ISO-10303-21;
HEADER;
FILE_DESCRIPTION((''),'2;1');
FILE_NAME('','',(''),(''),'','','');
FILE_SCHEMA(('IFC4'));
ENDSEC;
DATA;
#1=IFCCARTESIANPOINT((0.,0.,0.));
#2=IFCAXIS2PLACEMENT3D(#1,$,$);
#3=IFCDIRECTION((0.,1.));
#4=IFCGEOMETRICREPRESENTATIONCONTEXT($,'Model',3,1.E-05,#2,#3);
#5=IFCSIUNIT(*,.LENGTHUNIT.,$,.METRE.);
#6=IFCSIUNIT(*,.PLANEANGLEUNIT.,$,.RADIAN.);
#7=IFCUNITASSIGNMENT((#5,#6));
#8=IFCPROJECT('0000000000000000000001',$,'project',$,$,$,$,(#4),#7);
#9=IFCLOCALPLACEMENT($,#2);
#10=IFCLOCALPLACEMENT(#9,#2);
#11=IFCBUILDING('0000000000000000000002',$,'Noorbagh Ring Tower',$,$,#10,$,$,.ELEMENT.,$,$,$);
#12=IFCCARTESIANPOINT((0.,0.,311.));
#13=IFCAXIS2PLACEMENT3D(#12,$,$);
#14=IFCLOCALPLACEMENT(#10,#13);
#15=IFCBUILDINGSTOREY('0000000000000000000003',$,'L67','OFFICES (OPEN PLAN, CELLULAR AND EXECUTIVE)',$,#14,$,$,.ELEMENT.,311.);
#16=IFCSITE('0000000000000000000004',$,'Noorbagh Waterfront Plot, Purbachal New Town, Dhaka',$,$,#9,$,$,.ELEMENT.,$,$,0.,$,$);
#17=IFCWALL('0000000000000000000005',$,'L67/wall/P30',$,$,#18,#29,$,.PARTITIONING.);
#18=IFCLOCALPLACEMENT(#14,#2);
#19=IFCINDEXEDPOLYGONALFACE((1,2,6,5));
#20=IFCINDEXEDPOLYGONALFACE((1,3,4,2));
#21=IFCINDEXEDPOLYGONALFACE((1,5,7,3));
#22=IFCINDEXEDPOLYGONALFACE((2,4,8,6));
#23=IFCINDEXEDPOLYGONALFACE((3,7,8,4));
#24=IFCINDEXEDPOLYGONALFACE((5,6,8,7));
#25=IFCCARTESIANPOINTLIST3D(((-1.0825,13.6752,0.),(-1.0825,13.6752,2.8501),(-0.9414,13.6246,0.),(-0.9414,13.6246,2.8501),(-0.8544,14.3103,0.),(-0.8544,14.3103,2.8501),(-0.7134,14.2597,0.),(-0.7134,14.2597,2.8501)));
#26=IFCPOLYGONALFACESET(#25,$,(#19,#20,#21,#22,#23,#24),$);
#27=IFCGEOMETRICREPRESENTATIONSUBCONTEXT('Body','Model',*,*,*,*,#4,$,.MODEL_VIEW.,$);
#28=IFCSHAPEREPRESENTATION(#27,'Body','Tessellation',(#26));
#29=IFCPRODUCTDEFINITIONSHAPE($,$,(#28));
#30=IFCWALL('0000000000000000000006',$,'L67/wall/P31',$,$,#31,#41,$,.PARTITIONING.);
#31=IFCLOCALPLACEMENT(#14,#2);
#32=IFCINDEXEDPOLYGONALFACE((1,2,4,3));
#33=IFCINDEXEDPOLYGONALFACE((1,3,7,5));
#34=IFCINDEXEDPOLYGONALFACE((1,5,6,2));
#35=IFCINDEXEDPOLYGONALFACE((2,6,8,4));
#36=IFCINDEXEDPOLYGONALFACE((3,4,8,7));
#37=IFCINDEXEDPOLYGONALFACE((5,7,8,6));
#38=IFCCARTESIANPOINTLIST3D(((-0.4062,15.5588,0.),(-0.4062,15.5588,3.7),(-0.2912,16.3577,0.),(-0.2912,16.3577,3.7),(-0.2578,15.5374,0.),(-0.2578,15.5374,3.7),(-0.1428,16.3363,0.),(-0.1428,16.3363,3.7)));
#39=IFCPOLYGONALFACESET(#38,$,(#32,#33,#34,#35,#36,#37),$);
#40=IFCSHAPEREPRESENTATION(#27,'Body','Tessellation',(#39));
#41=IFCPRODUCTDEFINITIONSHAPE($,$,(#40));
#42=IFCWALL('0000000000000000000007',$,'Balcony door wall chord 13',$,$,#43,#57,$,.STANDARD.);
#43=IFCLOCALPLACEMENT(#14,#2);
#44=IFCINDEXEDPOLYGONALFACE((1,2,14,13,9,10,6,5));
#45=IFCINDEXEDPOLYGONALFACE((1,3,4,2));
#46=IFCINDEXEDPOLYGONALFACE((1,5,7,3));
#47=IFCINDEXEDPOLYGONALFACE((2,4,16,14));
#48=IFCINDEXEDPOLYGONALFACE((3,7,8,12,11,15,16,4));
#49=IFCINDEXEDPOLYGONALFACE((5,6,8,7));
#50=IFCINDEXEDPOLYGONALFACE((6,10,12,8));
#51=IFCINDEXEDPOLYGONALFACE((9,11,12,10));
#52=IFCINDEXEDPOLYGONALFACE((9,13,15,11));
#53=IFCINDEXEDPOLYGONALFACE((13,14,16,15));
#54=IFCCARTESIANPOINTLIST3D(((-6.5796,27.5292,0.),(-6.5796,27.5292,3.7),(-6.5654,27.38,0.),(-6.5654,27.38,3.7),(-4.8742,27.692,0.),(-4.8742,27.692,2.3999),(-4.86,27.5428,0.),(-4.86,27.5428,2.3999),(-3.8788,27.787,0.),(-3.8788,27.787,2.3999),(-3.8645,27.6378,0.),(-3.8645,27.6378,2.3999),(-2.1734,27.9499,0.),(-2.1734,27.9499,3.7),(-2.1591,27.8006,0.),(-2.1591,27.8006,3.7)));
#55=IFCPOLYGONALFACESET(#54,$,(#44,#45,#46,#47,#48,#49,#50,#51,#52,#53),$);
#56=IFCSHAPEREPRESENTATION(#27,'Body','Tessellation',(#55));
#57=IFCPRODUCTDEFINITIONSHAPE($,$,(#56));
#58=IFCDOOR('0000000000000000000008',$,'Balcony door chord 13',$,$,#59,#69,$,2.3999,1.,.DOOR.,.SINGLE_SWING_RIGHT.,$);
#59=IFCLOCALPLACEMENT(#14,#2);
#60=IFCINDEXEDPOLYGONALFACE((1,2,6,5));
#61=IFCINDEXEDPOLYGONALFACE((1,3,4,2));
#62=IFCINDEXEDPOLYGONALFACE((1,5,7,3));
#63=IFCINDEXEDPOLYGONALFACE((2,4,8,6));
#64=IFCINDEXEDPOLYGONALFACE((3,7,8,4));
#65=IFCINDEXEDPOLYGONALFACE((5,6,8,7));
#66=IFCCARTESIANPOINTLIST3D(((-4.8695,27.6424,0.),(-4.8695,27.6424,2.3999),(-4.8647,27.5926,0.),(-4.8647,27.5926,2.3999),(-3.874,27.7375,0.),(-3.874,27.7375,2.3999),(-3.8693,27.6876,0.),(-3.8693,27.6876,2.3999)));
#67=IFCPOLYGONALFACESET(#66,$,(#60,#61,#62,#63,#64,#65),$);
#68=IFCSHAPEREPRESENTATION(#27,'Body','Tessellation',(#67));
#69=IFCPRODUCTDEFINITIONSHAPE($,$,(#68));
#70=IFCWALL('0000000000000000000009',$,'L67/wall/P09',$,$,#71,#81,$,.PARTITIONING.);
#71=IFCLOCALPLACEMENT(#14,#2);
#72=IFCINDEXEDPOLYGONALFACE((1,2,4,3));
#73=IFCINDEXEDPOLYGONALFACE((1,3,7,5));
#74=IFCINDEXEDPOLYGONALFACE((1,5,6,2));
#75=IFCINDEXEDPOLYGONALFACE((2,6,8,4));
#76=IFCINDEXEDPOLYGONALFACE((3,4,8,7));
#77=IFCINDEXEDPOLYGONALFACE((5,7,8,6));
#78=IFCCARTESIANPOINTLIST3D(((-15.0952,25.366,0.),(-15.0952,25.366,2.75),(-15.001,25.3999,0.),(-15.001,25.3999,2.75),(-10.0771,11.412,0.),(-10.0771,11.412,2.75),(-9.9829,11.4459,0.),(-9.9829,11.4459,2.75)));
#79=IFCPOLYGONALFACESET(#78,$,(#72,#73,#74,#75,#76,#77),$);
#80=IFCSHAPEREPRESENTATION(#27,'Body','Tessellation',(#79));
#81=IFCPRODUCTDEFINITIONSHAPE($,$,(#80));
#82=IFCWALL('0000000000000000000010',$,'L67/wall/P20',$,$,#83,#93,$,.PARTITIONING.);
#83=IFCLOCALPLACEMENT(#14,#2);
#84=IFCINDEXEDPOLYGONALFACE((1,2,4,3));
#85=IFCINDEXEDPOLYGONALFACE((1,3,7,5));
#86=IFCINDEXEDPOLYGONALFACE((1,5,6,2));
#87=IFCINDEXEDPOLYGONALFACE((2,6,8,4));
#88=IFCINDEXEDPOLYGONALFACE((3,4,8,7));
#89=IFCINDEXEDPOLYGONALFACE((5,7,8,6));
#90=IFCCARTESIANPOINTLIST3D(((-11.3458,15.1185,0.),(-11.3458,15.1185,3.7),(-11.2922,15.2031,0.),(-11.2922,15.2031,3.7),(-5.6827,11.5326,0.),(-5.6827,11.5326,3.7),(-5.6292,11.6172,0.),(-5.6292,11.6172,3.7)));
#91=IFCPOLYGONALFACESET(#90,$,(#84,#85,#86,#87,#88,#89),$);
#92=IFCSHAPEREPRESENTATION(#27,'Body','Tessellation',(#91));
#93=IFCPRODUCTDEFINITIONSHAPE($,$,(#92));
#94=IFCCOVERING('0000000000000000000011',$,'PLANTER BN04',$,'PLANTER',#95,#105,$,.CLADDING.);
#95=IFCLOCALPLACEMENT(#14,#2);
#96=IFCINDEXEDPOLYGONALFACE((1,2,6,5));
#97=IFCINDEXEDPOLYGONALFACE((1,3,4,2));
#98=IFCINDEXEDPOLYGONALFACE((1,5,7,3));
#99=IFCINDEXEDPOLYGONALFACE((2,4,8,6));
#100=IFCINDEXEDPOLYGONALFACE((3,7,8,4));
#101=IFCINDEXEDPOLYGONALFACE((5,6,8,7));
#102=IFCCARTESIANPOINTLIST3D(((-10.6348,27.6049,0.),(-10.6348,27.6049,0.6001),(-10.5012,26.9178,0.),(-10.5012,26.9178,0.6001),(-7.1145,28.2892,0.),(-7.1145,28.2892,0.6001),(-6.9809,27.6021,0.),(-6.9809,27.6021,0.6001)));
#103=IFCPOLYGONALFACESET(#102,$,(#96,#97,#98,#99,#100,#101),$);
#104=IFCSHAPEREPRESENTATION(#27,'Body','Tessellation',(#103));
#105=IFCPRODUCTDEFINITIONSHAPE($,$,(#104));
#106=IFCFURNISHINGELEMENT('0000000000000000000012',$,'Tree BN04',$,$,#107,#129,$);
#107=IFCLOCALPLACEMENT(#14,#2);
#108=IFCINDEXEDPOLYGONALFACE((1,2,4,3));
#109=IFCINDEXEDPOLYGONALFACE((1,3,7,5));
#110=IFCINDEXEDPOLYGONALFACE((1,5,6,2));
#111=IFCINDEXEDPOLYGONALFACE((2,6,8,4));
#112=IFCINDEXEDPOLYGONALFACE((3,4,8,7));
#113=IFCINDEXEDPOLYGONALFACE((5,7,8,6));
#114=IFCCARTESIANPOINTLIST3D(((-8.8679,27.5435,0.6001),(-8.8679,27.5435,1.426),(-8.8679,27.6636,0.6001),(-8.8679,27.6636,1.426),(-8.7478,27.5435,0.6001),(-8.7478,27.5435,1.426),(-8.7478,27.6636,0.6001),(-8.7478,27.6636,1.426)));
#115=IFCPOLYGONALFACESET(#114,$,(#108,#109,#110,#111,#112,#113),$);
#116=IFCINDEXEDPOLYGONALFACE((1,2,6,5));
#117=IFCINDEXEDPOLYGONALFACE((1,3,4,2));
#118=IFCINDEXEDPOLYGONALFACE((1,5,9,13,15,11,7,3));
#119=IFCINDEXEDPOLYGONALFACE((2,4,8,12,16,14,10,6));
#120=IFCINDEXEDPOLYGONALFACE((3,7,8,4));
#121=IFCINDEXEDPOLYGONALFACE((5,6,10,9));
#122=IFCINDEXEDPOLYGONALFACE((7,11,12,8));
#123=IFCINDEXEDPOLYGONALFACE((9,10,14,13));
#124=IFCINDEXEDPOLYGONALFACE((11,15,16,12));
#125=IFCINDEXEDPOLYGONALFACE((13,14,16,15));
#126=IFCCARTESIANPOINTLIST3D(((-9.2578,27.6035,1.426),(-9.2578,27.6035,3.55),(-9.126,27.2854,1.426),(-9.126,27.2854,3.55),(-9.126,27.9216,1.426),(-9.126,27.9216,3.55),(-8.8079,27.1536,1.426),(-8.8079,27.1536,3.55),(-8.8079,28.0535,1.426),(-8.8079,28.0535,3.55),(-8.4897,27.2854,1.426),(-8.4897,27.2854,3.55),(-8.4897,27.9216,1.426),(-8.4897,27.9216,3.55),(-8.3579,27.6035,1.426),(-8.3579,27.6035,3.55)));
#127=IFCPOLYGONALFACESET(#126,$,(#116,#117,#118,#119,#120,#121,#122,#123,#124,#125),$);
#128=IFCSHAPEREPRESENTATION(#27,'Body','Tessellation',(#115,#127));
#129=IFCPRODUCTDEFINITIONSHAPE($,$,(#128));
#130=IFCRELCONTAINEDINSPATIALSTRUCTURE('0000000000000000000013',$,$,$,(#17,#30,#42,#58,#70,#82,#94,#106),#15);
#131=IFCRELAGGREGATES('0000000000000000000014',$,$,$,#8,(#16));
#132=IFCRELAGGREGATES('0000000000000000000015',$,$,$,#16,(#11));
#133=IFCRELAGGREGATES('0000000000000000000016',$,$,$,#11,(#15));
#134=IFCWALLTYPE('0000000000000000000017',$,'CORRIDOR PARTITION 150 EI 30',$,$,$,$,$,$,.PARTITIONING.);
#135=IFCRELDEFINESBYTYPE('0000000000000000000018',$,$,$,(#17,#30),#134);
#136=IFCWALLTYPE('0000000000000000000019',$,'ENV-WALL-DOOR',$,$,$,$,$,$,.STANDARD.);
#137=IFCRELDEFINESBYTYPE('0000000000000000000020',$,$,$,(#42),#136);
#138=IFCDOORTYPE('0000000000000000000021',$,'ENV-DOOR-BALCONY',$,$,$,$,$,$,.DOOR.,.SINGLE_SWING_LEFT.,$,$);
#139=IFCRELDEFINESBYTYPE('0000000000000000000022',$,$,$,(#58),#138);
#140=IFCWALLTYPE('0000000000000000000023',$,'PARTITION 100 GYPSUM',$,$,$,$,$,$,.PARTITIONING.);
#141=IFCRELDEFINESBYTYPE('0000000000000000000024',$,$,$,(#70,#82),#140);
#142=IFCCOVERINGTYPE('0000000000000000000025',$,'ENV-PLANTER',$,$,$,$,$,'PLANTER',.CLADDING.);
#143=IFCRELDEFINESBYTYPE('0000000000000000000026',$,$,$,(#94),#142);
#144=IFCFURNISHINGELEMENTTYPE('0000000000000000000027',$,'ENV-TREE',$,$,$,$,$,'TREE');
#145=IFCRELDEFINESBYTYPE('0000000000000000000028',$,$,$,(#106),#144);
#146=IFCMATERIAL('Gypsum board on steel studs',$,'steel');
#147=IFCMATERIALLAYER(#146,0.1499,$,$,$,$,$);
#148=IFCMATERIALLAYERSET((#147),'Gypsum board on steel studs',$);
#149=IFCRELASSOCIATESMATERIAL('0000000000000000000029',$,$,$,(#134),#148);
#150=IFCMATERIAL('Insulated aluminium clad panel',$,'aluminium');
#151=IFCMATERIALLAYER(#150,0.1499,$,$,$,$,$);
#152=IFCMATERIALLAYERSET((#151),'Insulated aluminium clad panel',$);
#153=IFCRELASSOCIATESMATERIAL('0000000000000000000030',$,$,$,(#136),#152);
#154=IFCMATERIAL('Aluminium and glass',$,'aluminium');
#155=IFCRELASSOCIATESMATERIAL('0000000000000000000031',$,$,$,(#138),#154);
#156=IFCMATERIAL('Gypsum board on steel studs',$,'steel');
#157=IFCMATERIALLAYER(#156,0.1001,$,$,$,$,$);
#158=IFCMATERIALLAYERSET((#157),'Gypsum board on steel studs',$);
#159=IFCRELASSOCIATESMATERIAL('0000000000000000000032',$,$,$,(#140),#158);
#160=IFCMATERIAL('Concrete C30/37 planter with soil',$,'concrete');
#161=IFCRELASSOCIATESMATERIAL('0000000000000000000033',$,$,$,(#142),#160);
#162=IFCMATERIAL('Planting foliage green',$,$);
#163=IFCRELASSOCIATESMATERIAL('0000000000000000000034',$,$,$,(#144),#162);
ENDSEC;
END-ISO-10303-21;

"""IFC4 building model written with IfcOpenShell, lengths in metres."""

from ifc_helpers import new_model, si_unit, direction, frame, frame_2d, origin, origin_2d, place, context, subcontext, project, spatial, polyline, rectangle, outline, extrude, material, layer, layer_set, type_object, element, fill, save


model = new_model("IFC4")

# Units and contexts
model_context = context("Model", 3, precision=1e-05, world=origin(), true_north=direction((0.0, 1.0)))
body_context = subcontext(model_context, "Body", "Model", "MODEL_VIEW")
ifc_project = project(units=[si_unit("LENGTHUNIT", "METRE"), si_unit("PLANEANGLEUNIT", "RADIAN")], contexts=[model_context])

# Site, building, storey
site_placement = place(None, origin())
site = spatial("IfcSite", under=ifc_project, at=site_placement, Name="Noorbagh Waterfront Plot, Purbachal New Town, Dhaka", CompositionType="ELEMENT", RefElevation=0.0)
building_placement = place(site_placement, origin())
building = spatial("IfcBuilding", under=site, at=building_placement, Name="Noorbagh Ring Tower", CompositionType="ELEMENT")
storey_placement = place(building_placement, frame((0.0, 0.0, 311.0)))
storey = spatial("IfcBuildingStorey", under=building, at=storey_placement, Name="L67", Description="OFFICES (OPEN PLAN, CELLULAR AND EXECUTIVE)", CompositionType="ELEMENT", Elevation=311.0)

# Walls
ifc_material_1 = material(Name="Gypsum board on steel studs", Category="steel")
ifc_layer_1 = layer(ifc_material_1, 0.1499)
ifc_layer_set_1 = layer_set([ifc_layer_1], Name="Gypsum board on steel studs")
wall_type_1 = type_object("IfcWallType", Name="CORRIDOR PARTITION 150 EI 30", PredefinedType="PARTITIONING", material=ifc_layer_set_1)
wall_1_placement = place(storey_placement, frame((-1.012, 13.6499, 0.0), z_axis=(0.0, 0.0, 1.0), x_axis=(0.337963, 0.941159, 0.0)))
element("IfcWall", 1, at=wall_1_placement, inside=storey, type_object=wall_type_1, Name="L67/wall/P30", PredefinedType="PARTITIONING", context=body_context, shape_type="SweptSolid", body=[
    extrude(rectangle(XDim=0.6748, YDim=0.1499, at=frame_2d((0.3374, 0.0))), origin(), (0.0, 0.0, 1.0), 2.8501),
])
wall_2_placement = place(storey_placement, frame((-0.332, 15.5481, 0.0), z_axis=(0.0, 0.0, 1.0), x_axis=(0.14248, 0.989798, 0.0)))
element("IfcWall", 2, at=wall_2_placement, inside=storey, type_object=wall_type_1, Name="L67/wall/P31", PredefinedType="PARTITIONING", context=body_context, shape_type="SweptSolid", body=[
    extrude(rectangle(XDim=0.8071, YDim=0.1499, at=frame_2d((0.4036, 0.0))), origin(), (0.0, 0.0, 1.0), 3.7),
])

# Wall, opening, door
ifc_material_2 = material(Name="Insulated aluminium clad panel", Category="aluminium")
ifc_layer_2 = layer(ifc_material_2, 0.1499)
ifc_layer_set_2 = layer_set([ifc_layer_2], Name="Insulated aluminium clad panel")
wall_type_2 = type_object("IfcWallType", Name="ENV-WALL-DOOR", PredefinedType="STANDARD", material=ifc_layer_set_2)
wall_3_placement = place(storey_placement, frame((-2.1663, 27.8752, 0.0), z_axis=(0.0, 0.0, 1.0), x_axis=(-0.995474, -0.095036, 0.0)))
wall_3 = element("IfcWall", 3, at=wall_3_placement, inside=storey, type_object=wall_type_2, Name="Balcony door wall chord 13", PredefinedType="STANDARD", context=body_context, shape_type="SweptSolid", body=[
    extrude(rectangle(XDim=4.4263, YDim=0.1499, at=frame_2d((2.2131, 0.0))), origin(), (0.0, 0.0, 1.0), 3.7),
])
opening_placement = place(wall_3_placement, frame((1.7131, 0.0, 0.0)))
opening = element("IfcOpeningElement", 4, at=opening_placement, cuts=wall_3, PredefinedType="OPENING", context=body_context, shape_type="SweptSolid", body=[
    extrude(rectangle(XDim=1.0, YDim=2.3999, at=frame_2d((0.5, 1.2))), frame((0.0, 0.085, 0.0), z_axis=(0.0, -1.0, 0.0), x_axis=(1.0, 0.0, 0.0)), (0.0, 0.0, 1.0), 0.1699),
])
ifc_material_3 = material(Name="Aluminium and glass", Category="aluminium")
door_type = type_object("IfcDoorType", Name="ENV-DOOR-BALCONY", OperationType="SINGLE_SWING_LEFT", PredefinedType="DOOR", material=ifc_material_3)
door_placement = place(opening_placement, origin())
door = element("IfcDoor", 5, at=door_placement, inside=storey, type_object=door_type, Name="Balcony door chord 13", OperationType="SINGLE_SWING_RIGHT", OverallHeight=2.3999, OverallWidth=1.0, PredefinedType="DOOR", context=body_context, shape_type="SweptSolid", body=[
    extrude(rectangle(XDim=1.0, YDim=2.3999, at=frame_2d((0.5, 1.2))), frame((0.0, 0.0249, 0.0), z_axis=(0.0, -1.0, 0.0), x_axis=(1.0, 0.0, 0.0)), (0.0, 0.0, 1.0), 0.05),
])
fill(opening, door)

# Walls
ifc_material_4 = material(Name="Gypsum board on steel studs", Category="steel")
ifc_layer_3 = layer(ifc_material_4, 0.1001)
ifc_layer_set_3 = layer_set([ifc_layer_3], Name="Gypsum board on steel studs")
wall_type_3 = type_object("IfcWallType", Name="PARTITION 100 GYPSUM", PredefinedType="PARTITIONING", material=ifc_layer_set_3)
wall_4_placement = place(storey_placement, frame((-15.0481, 25.3831, 0.0), z_axis=(0.0, 0.0, 1.0), x_axis=(0.338396, -0.941004, 0.0)))
element("IfcWall", 6, at=wall_4_placement, inside=storey, type_object=wall_type_3, Name="L67/wall/P09", PredefinedType="PARTITIONING", context=body_context, shape_type="SweptSolid", body=[
    extrude(rectangle(XDim=14.8289, YDim=0.1001, at=frame_2d((7.4146, 0.0))), origin(), (0.0, 0.0, 1.0), 2.75),
])
wall_5_placement = place(storey_placement, frame((-11.3191, 15.1609, 0.0), z_axis=(0.0, 0.0, 1.0), x_axis=(0.844865, -0.534979, 0.0)))
element("IfcWall", 7, at=wall_5_placement, inside=storey, type_object=wall_type_3, Name="L67/wall/P20", PredefinedType="PARTITIONING", context=body_context, shape_type="SweptSolid", body=[
    extrude(rectangle(XDim=6.7029, YDim=0.1001, at=frame_2d((3.3516, 0.0))), origin(), (0.0, 0.0, 1.0), 3.7),
])

# Covering
ifc_material_5 = material(Name="Concrete C30/37 planter with soil", Category="concrete")
covering_type = type_object("IfcCoveringType", Name="ENV-PLANTER", ElementType="PLANTER", PredefinedType="CLADDING", material=ifc_material_5)
covering_placement = place(storey_placement, frame((-8.8079, 27.6035, 0.0), z_axis=(0.0, 0.0, 1.0), x_axis=(-0.981625, -0.19082, 0.0)))
element("IfcCovering", 8, at=covering_placement, inside=storey, type_object=covering_type, Name="PLANTER BN04", ObjectType="PLANTER", PredefinedType="CLADDING", context=body_context, shape_type="SweptSolid", body=[
    extrude(rectangle(XDim=3.5862, YDim=0.7, at=origin_2d()), origin(), (0.0, 0.0, 1.0), 0.6001),
])

# Furnishing element
ifc_material_6 = material(Name="Planting foliage green")
furnishing_element_type = type_object("IfcFurnishingElementType", Name="ENV-TREE", ElementType="TREE", material=ifc_material_6)
furnishing_placement = place(storey_placement, frame((-8.8079, 27.6035, 0.6001), z_axis=(0.0, 0.0, 1.0), x_axis=(1.0, 0.0, 0.0)))
element("IfcFurnishingElement", 9, at=furnishing_placement, inside=storey, type_object=furnishing_element_type, Name="Tree BN04", context=body_context, shape_type="SweptSolid", body=[
    extrude(rectangle(XDim=0.1201, YDim=0.1201, at=origin_2d()), origin(), (0.0, 0.0, 1.0), 0.8259),
    extrude(outline(polyline([(0.45, 0.0), (0.3181, 0.3181), (0.0, 0.45), (-0.3181, 0.3181), (-0.45, 0.0), (-0.3181, -0.3181), (0.0, -0.45), (0.3181, -0.3181), (0.45, 0.0)])), frame((0.0, 0.0, 0.8259)), (0.0, 0.0, 1.0), 2.124),
])

save(model, "model.ifc")
